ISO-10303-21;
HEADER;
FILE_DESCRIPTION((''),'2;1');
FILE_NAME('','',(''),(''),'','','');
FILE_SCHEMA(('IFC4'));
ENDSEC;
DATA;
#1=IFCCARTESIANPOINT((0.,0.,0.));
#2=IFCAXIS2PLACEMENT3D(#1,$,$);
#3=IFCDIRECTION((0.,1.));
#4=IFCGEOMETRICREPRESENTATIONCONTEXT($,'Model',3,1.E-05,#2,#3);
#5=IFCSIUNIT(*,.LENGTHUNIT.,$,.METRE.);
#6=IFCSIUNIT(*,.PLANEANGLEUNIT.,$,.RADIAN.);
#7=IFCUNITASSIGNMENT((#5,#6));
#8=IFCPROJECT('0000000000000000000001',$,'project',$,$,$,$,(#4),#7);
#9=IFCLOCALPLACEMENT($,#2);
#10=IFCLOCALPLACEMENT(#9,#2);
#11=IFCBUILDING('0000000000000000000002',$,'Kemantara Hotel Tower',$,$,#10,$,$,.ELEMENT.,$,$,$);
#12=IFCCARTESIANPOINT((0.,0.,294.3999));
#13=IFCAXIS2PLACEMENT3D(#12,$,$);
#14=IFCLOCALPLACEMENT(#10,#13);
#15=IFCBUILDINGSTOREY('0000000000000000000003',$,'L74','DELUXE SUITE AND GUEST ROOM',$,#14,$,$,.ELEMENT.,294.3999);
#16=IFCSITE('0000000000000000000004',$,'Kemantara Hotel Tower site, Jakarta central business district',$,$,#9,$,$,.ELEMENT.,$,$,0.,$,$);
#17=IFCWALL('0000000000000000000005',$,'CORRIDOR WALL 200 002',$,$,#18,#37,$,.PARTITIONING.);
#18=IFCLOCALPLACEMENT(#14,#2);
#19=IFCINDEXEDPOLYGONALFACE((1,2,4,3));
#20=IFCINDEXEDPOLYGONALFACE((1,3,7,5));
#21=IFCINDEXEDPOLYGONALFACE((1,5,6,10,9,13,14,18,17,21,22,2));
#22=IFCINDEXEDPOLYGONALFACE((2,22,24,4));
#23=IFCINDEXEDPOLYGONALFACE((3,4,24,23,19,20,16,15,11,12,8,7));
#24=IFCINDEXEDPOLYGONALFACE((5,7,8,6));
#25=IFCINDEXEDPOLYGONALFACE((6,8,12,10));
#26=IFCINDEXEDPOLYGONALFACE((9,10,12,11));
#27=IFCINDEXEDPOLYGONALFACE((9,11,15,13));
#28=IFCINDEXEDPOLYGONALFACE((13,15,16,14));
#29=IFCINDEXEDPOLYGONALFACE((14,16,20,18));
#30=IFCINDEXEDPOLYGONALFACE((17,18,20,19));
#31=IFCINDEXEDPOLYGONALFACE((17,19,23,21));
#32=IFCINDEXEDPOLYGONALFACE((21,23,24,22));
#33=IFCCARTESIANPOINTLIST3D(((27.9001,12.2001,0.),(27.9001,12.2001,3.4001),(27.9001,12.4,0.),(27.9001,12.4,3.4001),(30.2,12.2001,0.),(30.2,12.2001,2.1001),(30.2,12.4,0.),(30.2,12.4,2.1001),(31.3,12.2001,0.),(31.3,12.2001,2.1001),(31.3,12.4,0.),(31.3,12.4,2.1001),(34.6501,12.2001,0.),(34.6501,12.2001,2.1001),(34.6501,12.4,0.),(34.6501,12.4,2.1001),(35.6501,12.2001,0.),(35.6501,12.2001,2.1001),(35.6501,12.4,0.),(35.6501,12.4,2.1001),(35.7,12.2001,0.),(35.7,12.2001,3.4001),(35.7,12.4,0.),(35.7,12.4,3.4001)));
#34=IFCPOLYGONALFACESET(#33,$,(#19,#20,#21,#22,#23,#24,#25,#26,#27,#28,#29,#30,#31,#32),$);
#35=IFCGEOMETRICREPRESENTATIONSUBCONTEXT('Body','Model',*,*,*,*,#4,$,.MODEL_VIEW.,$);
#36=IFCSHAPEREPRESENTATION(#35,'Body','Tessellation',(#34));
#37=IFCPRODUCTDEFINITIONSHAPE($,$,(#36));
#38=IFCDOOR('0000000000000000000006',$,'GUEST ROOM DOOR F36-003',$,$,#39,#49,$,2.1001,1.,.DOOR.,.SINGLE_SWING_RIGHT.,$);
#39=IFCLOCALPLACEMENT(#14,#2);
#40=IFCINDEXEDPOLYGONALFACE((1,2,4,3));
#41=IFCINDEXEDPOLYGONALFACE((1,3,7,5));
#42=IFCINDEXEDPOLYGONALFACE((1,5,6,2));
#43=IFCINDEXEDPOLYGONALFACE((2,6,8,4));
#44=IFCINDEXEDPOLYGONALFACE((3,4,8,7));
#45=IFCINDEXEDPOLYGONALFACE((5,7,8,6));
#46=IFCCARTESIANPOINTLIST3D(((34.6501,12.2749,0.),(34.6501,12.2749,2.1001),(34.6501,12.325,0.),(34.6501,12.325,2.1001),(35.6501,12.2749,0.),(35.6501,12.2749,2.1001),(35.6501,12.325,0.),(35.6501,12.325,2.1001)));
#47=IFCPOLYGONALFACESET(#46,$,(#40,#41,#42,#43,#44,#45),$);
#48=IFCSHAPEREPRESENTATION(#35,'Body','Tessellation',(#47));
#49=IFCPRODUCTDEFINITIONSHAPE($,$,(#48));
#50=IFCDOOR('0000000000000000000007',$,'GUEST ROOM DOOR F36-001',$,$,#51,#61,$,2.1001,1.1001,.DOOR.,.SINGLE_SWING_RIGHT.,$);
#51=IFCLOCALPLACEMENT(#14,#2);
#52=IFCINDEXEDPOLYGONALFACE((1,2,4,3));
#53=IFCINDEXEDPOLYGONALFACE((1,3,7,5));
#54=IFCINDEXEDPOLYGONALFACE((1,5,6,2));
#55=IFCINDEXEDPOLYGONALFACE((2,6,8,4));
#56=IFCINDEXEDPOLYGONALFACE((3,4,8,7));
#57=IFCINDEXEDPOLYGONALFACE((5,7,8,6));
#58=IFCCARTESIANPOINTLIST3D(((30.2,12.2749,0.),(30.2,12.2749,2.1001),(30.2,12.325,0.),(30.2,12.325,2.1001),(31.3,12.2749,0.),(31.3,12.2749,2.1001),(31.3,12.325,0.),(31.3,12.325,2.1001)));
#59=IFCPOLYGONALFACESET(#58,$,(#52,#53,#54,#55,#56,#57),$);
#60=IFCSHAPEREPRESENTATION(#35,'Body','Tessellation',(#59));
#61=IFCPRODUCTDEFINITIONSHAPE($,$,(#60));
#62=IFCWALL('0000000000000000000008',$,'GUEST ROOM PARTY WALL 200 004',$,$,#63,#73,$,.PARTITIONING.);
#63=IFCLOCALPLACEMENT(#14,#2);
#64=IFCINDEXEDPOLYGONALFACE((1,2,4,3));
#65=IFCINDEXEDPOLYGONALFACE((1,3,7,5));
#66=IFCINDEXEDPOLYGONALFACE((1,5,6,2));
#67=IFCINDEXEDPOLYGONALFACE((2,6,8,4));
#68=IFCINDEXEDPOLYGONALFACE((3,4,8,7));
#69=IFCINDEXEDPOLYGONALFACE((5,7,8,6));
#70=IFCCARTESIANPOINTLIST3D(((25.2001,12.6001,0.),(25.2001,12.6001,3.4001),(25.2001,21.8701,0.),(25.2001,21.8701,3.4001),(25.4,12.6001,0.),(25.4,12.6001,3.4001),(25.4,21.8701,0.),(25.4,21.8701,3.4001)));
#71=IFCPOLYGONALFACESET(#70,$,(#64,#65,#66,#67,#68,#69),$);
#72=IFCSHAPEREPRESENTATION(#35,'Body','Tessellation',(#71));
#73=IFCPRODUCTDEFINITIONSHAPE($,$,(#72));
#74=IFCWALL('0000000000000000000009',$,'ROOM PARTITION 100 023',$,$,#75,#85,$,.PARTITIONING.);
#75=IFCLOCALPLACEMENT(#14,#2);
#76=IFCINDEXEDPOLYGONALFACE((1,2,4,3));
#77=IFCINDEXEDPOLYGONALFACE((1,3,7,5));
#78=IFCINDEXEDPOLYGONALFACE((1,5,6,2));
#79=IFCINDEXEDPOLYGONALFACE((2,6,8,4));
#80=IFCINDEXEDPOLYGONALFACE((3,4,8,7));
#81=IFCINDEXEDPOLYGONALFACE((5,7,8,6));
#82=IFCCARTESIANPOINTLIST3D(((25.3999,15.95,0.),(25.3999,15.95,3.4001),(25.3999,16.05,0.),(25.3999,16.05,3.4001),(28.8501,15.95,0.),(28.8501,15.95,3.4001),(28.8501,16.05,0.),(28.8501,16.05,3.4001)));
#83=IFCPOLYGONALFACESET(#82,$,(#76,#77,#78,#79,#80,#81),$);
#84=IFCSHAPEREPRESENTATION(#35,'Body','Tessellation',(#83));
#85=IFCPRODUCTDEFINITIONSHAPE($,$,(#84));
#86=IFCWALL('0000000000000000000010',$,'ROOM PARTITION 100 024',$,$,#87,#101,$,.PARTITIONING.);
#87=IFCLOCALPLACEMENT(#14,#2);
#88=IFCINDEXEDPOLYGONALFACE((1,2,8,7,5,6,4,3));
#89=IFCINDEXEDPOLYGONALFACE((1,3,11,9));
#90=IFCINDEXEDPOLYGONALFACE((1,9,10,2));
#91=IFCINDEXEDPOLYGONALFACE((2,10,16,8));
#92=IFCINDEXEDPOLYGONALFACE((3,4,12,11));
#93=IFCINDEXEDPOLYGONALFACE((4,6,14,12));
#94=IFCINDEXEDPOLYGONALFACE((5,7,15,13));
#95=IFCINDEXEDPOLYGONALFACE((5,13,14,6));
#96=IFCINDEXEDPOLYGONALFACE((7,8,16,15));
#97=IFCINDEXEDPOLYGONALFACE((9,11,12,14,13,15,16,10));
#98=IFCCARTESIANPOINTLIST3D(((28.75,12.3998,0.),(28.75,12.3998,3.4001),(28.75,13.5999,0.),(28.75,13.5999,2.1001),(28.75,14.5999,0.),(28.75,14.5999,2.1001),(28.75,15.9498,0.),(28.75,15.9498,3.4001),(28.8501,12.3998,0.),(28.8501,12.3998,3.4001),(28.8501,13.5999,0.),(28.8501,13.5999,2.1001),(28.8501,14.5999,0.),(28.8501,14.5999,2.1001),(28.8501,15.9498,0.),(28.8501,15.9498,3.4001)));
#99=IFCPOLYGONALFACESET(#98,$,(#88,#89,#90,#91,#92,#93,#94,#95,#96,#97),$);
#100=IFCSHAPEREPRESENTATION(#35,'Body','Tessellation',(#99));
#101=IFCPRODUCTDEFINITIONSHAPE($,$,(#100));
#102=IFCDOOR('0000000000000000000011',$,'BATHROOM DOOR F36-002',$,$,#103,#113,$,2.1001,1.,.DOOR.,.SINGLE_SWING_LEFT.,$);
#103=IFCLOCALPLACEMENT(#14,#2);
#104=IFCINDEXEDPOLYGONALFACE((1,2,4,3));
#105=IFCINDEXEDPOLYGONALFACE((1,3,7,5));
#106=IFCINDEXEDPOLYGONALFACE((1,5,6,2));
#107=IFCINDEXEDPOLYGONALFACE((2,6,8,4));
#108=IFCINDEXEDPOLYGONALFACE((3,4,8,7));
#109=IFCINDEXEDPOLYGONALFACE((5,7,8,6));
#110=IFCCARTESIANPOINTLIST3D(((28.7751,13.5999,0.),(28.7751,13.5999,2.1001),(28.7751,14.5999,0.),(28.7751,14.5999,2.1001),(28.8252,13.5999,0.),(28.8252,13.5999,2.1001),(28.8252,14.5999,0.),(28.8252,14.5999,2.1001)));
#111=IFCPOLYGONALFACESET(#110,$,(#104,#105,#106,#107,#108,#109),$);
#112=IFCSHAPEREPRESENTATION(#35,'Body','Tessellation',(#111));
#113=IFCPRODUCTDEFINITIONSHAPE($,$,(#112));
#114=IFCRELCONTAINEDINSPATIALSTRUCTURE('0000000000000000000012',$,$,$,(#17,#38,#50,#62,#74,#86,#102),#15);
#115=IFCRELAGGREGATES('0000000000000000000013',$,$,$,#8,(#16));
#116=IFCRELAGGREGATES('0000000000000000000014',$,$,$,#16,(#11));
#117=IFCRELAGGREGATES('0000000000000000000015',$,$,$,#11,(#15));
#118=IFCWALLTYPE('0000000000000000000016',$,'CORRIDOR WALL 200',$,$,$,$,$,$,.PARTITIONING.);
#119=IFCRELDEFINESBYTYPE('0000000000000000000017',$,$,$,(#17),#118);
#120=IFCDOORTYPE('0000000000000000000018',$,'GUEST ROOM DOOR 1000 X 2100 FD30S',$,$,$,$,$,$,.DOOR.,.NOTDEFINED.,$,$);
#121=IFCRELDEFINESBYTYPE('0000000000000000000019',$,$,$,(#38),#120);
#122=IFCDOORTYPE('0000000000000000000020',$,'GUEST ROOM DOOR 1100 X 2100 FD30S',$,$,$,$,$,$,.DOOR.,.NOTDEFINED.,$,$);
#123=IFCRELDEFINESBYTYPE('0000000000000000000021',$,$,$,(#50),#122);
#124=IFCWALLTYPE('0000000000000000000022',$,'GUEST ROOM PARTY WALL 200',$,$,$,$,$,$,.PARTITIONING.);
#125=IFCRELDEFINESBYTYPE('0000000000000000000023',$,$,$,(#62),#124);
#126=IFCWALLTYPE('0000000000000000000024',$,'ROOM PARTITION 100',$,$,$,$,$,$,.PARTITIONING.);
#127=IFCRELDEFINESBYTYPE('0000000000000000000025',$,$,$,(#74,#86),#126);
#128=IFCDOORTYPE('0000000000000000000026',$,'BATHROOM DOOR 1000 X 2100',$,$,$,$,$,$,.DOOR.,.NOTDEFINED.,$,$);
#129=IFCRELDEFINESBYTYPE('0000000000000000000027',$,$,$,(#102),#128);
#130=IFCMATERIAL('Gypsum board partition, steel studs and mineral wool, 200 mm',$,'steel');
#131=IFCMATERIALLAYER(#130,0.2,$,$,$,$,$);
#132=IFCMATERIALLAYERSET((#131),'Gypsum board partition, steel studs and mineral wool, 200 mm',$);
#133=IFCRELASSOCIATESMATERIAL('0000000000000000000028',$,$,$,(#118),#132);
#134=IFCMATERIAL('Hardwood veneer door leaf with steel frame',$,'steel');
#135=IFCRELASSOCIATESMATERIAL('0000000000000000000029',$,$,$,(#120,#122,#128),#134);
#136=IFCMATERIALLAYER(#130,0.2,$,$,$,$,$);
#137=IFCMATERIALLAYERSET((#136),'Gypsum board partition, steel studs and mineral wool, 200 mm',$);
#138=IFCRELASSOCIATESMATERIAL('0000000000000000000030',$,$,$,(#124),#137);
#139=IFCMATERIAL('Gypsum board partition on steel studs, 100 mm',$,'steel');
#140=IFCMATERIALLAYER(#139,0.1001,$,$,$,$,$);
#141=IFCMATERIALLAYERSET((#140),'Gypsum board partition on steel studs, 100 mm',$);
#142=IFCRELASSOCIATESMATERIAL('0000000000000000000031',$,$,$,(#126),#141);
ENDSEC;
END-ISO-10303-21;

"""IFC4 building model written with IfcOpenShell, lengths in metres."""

from ifc_helpers import new_model, si_unit, direction, frame, frame_2d, origin, place, context, subcontext, project, spatial, rectangle, extrude, material, layer, layer_set, type_object, element, fill, save


model = new_model("IFC4")

# Units and contexts
model_context = context("Model", 3, precision=1e-05, world=origin(), true_north=direction((0.0, 1.0)))
body_context = subcontext(model_context, "Body", "Model", "MODEL_VIEW")
ifc_project = project(units=[si_unit("LENGTHUNIT", "METRE"), si_unit("PLANEANGLEUNIT", "RADIAN")], contexts=[model_context])

# Site, building, storey
site_placement = place(None, origin())
site = spatial("IfcSite", under=ifc_project, at=site_placement, Name="Kemantara Hotel Tower site, Jakarta central business district", CompositionType="ELEMENT", RefElevation=0.0)
building_placement = place(site_placement, origin())
building = spatial("IfcBuilding", under=site, at=building_placement, Name="Kemantara Hotel Tower", CompositionType="ELEMENT")
storey_placement = place(building_placement, frame((0.0, 0.0, 294.3999)))
storey = spatial("IfcBuildingStorey", under=building, at=storey_placement, Name="L74", Description="DELUXE SUITE AND GUEST ROOM", CompositionType="ELEMENT", Elevation=294.3999)

# Shared definitions
ifc_material_1 = material(Name="Gypsum board partition, steel studs and mineral wool, 200 mm", Category="steel")
ifc_layer_1 = layer(ifc_material_1, 0.2)
ifc_layer_set_1 = layer_set([ifc_layer_1], Name="Gypsum board partition, steel studs and mineral wool, 200 mm")
wall_type_1 = type_object("IfcWallType", Name="CORRIDOR WALL 200", PredefinedType="PARTITIONING", material=ifc_layer_set_1)

# Wall, openings, doors
wall_1_placement = place(storey_placement, frame((27.9001, 12.3, 0.0), z_axis=(0.0, 0.0, 1.0), x_axis=(1.0, 0.0, 0.0)))
wall_1 = element("IfcWall", 1, at=wall_1_placement, inside=storey, type_object=wall_type_1, Name="CORRIDOR WALL 200 002", PredefinedType="PARTITIONING", context=body_context, shape_type="SweptSolid", body=[
    extrude(rectangle(XDim=7.7998, YDim=0.2, at=frame_2d((3.8999, 0.0))), origin(), (0.0, 0.0, 1.0), 3.4001),
])
opening_1_placement = place(wall_1_placement, frame((2.2998, 0.0, 0.0)))
opening_1 = element("IfcOpeningElement", 2, at=opening_1_placement, cuts=wall_1, PredefinedType="OPENING", context=body_context, shape_type="SweptSolid", body=[
    extrude(rectangle(XDim=1.1001, YDim=2.1001, at=frame_2d((0.55, 1.05))), frame((0.0, 0.1099, 0.0), z_axis=(0.0, -1.0, 0.0), x_axis=(1.0, 0.0, 0.0)), (0.0, 0.0, 1.0), 0.22),
])
opening_2_placement = place(wall_1_placement, frame((6.75, 0.0, 0.0)))
opening_2 = element("IfcOpeningElement", 3, at=opening_2_placement, cuts=wall_1, PredefinedType="OPENING", context=body_context, shape_type="SweptSolid", body=[
    extrude(rectangle(XDim=1.0, YDim=2.1001, at=frame_2d((0.5, 1.05))), frame((0.0, 0.1099, 0.0), z_axis=(0.0, -1.0, 0.0), x_axis=(1.0, 0.0, 0.0)), (0.0, 0.0, 1.0), 0.22),
])
ifc_material_2 = material(Name="Hardwood veneer door leaf with steel frame", Category="steel")
door_type_1 = type_object("IfcDoorType", Name="GUEST ROOM DOOR 1000 X 2100 FD30S", OperationType="NOTDEFINED", PredefinedType="DOOR", material=ifc_material_2)
door_1_placement = place(opening_2_placement, origin())
door_1 = element("IfcDoor", 4, at=door_1_placement, inside=storey, type_object=door_type_1, Name="GUEST ROOM DOOR F36-003", OperationType="SINGLE_SWING_RIGHT", OverallHeight=2.1001, OverallWidth=1.0, PredefinedType="DOOR", context=body_context, shape_type="SweptSolid", body=[
    extrude(rectangle(XDim=1.0, YDim=2.1001, at=frame_2d((0.5, 1.05))), frame((0.0, 0.0249, 0.0), z_axis=(0.0, -1.0, 0.0), x_axis=(1.0, 0.0, 0.0)), (0.0, 0.0, 1.0), 0.05),
])
fill(opening_2, door_1)
door_type_2 = type_object("IfcDoorType", Name="GUEST ROOM DOOR 1100 X 2100 FD30S", OperationType="NOTDEFINED", PredefinedType="DOOR", material=ifc_material_2)
door_2_placement = place(opening_1_placement, origin())
door_2 = element("IfcDoor", 5, at=door_2_placement, inside=storey, type_object=door_type_2, Name="GUEST ROOM DOOR F36-001", OperationType="SINGLE_SWING_RIGHT", OverallHeight=2.1001, OverallWidth=1.1001, PredefinedType="DOOR", context=body_context, shape_type="SweptSolid", body=[
    extrude(rectangle(XDim=1.1001, YDim=2.1001, at=frame_2d((0.55, 1.05))), frame((0.0, 0.0249, 0.0), z_axis=(0.0, -1.0, 0.0), x_axis=(1.0, 0.0, 0.0)), (0.0, 0.0, 1.0), 0.05),
])
fill(opening_1, door_2)

# Walls
ifc_layer_2 = layer(ifc_material_1, 0.2)
ifc_layer_set_2 = layer_set([ifc_layer_2], Name="Gypsum board partition, steel studs and mineral wool, 200 mm")
wall_type_2 = type_object("IfcWallType", Name="GUEST ROOM PARTY WALL 200", PredefinedType="PARTITIONING", material=ifc_layer_set_2)
wall_2_placement = place(storey_placement, frame((25.3, 12.6001, 0.0), z_axis=(0.0, 0.0, 1.0), x_axis=(0.0, 1.0, 0.0)))
element("IfcWall", 6, at=wall_2_placement, inside=storey, type_object=wall_type_2, Name="GUEST ROOM PARTY WALL 200 004", PredefinedType="PARTITIONING", context=body_context, shape_type="SweptSolid", body=[
    extrude(rectangle(XDim=9.27, YDim=0.2, at=frame_2d((4.635, 0.0))), origin(), (0.0, 0.0, 1.0), 3.4001),
])
ifc_material_3 = material(Name="Gypsum board partition on steel studs, 100 mm", Category="steel")
ifc_layer_3 = layer(ifc_material_3, 0.1001)
ifc_layer_set_3 = layer_set([ifc_layer_3], Name="Gypsum board partition on steel studs, 100 mm")
wall_type_3 = type_object("IfcWallType", Name="ROOM PARTITION 100", PredefinedType="PARTITIONING", material=ifc_layer_set_3)
wall_3_placement = place(storey_placement, frame((25.3999, 16.0, 0.0), z_axis=(0.0, 0.0, 1.0), x_axis=(1.0, 0.0, 0.0)))
element("IfcWall", 7, at=wall_3_placement, inside=storey, type_object=wall_type_3, Name="ROOM PARTITION 100 023", PredefinedType="PARTITIONING", context=body_context, shape_type="SweptSolid", body=[
    extrude(rectangle(XDim=3.4502, YDim=0.1001, at=frame_2d((1.7251, 0.0))), origin(), (0.0, 0.0, 1.0), 3.4001),
])

# Wall, opening, door
wall_4_placement = place(storey_placement, frame((28.8, 12.3999, 0.0), z_axis=(0.0, 0.0, 1.0), x_axis=(0.0, 1.0, 0.0)))
wall_4 = element("IfcWall", 8, at=wall_4_placement, inside=storey, type_object=wall_type_3, Name="ROOM PARTITION 100 024", PredefinedType="PARTITIONING", context=body_context, shape_type="SweptSolid", body=[
    extrude(rectangle(XDim=3.55, YDim=0.1001, at=frame_2d((1.7749, 0.0))), origin(), (0.0, 0.0, 1.0), 3.4001),
])
opening_3_placement = place(wall_4_placement, frame((1.2, 0.0, 0.0)))
opening_3 = element("IfcOpeningElement", 9, at=opening_3_placement, cuts=wall_4, PredefinedType="OPENING", context=body_context, shape_type="SweptSolid", body=[
    extrude(rectangle(XDim=1.0, YDim=2.1001, at=frame_2d((0.5, 1.05))), frame((0.0, 0.0601, 0.0), z_axis=(0.0, -1.0, 0.0), x_axis=(1.0, 0.0, 0.0)), (0.0, 0.0, 1.0), 0.1201),
])
door_type_3 = type_object("IfcDoorType", Name="BATHROOM DOOR 1000 X 2100", OperationType="NOTDEFINED", PredefinedType="DOOR", material=ifc_material_2)
door_3_placement = place(opening_3_placement, origin())
door_3 = element("IfcDoor", 10, at=door_3_placement, inside=storey, type_object=door_type_3, Name="BATHROOM DOOR F36-002", OperationType="SINGLE_SWING_LEFT", OverallHeight=2.1001, OverallWidth=1.0, PredefinedType="DOOR", context=body_context, shape_type="SweptSolid", body=[
    extrude(rectangle(XDim=1.0, YDim=2.1001, at=frame_2d((0.5, 1.05))), frame((0.0, 0.0249, 0.0), z_axis=(0.0, -1.0, 0.0), x_axis=(1.0, 0.0, 0.0)), (0.0, 0.0, 1.0), 0.05),
])
fill(opening_3, door_3)

save(model, "model.ifc")
